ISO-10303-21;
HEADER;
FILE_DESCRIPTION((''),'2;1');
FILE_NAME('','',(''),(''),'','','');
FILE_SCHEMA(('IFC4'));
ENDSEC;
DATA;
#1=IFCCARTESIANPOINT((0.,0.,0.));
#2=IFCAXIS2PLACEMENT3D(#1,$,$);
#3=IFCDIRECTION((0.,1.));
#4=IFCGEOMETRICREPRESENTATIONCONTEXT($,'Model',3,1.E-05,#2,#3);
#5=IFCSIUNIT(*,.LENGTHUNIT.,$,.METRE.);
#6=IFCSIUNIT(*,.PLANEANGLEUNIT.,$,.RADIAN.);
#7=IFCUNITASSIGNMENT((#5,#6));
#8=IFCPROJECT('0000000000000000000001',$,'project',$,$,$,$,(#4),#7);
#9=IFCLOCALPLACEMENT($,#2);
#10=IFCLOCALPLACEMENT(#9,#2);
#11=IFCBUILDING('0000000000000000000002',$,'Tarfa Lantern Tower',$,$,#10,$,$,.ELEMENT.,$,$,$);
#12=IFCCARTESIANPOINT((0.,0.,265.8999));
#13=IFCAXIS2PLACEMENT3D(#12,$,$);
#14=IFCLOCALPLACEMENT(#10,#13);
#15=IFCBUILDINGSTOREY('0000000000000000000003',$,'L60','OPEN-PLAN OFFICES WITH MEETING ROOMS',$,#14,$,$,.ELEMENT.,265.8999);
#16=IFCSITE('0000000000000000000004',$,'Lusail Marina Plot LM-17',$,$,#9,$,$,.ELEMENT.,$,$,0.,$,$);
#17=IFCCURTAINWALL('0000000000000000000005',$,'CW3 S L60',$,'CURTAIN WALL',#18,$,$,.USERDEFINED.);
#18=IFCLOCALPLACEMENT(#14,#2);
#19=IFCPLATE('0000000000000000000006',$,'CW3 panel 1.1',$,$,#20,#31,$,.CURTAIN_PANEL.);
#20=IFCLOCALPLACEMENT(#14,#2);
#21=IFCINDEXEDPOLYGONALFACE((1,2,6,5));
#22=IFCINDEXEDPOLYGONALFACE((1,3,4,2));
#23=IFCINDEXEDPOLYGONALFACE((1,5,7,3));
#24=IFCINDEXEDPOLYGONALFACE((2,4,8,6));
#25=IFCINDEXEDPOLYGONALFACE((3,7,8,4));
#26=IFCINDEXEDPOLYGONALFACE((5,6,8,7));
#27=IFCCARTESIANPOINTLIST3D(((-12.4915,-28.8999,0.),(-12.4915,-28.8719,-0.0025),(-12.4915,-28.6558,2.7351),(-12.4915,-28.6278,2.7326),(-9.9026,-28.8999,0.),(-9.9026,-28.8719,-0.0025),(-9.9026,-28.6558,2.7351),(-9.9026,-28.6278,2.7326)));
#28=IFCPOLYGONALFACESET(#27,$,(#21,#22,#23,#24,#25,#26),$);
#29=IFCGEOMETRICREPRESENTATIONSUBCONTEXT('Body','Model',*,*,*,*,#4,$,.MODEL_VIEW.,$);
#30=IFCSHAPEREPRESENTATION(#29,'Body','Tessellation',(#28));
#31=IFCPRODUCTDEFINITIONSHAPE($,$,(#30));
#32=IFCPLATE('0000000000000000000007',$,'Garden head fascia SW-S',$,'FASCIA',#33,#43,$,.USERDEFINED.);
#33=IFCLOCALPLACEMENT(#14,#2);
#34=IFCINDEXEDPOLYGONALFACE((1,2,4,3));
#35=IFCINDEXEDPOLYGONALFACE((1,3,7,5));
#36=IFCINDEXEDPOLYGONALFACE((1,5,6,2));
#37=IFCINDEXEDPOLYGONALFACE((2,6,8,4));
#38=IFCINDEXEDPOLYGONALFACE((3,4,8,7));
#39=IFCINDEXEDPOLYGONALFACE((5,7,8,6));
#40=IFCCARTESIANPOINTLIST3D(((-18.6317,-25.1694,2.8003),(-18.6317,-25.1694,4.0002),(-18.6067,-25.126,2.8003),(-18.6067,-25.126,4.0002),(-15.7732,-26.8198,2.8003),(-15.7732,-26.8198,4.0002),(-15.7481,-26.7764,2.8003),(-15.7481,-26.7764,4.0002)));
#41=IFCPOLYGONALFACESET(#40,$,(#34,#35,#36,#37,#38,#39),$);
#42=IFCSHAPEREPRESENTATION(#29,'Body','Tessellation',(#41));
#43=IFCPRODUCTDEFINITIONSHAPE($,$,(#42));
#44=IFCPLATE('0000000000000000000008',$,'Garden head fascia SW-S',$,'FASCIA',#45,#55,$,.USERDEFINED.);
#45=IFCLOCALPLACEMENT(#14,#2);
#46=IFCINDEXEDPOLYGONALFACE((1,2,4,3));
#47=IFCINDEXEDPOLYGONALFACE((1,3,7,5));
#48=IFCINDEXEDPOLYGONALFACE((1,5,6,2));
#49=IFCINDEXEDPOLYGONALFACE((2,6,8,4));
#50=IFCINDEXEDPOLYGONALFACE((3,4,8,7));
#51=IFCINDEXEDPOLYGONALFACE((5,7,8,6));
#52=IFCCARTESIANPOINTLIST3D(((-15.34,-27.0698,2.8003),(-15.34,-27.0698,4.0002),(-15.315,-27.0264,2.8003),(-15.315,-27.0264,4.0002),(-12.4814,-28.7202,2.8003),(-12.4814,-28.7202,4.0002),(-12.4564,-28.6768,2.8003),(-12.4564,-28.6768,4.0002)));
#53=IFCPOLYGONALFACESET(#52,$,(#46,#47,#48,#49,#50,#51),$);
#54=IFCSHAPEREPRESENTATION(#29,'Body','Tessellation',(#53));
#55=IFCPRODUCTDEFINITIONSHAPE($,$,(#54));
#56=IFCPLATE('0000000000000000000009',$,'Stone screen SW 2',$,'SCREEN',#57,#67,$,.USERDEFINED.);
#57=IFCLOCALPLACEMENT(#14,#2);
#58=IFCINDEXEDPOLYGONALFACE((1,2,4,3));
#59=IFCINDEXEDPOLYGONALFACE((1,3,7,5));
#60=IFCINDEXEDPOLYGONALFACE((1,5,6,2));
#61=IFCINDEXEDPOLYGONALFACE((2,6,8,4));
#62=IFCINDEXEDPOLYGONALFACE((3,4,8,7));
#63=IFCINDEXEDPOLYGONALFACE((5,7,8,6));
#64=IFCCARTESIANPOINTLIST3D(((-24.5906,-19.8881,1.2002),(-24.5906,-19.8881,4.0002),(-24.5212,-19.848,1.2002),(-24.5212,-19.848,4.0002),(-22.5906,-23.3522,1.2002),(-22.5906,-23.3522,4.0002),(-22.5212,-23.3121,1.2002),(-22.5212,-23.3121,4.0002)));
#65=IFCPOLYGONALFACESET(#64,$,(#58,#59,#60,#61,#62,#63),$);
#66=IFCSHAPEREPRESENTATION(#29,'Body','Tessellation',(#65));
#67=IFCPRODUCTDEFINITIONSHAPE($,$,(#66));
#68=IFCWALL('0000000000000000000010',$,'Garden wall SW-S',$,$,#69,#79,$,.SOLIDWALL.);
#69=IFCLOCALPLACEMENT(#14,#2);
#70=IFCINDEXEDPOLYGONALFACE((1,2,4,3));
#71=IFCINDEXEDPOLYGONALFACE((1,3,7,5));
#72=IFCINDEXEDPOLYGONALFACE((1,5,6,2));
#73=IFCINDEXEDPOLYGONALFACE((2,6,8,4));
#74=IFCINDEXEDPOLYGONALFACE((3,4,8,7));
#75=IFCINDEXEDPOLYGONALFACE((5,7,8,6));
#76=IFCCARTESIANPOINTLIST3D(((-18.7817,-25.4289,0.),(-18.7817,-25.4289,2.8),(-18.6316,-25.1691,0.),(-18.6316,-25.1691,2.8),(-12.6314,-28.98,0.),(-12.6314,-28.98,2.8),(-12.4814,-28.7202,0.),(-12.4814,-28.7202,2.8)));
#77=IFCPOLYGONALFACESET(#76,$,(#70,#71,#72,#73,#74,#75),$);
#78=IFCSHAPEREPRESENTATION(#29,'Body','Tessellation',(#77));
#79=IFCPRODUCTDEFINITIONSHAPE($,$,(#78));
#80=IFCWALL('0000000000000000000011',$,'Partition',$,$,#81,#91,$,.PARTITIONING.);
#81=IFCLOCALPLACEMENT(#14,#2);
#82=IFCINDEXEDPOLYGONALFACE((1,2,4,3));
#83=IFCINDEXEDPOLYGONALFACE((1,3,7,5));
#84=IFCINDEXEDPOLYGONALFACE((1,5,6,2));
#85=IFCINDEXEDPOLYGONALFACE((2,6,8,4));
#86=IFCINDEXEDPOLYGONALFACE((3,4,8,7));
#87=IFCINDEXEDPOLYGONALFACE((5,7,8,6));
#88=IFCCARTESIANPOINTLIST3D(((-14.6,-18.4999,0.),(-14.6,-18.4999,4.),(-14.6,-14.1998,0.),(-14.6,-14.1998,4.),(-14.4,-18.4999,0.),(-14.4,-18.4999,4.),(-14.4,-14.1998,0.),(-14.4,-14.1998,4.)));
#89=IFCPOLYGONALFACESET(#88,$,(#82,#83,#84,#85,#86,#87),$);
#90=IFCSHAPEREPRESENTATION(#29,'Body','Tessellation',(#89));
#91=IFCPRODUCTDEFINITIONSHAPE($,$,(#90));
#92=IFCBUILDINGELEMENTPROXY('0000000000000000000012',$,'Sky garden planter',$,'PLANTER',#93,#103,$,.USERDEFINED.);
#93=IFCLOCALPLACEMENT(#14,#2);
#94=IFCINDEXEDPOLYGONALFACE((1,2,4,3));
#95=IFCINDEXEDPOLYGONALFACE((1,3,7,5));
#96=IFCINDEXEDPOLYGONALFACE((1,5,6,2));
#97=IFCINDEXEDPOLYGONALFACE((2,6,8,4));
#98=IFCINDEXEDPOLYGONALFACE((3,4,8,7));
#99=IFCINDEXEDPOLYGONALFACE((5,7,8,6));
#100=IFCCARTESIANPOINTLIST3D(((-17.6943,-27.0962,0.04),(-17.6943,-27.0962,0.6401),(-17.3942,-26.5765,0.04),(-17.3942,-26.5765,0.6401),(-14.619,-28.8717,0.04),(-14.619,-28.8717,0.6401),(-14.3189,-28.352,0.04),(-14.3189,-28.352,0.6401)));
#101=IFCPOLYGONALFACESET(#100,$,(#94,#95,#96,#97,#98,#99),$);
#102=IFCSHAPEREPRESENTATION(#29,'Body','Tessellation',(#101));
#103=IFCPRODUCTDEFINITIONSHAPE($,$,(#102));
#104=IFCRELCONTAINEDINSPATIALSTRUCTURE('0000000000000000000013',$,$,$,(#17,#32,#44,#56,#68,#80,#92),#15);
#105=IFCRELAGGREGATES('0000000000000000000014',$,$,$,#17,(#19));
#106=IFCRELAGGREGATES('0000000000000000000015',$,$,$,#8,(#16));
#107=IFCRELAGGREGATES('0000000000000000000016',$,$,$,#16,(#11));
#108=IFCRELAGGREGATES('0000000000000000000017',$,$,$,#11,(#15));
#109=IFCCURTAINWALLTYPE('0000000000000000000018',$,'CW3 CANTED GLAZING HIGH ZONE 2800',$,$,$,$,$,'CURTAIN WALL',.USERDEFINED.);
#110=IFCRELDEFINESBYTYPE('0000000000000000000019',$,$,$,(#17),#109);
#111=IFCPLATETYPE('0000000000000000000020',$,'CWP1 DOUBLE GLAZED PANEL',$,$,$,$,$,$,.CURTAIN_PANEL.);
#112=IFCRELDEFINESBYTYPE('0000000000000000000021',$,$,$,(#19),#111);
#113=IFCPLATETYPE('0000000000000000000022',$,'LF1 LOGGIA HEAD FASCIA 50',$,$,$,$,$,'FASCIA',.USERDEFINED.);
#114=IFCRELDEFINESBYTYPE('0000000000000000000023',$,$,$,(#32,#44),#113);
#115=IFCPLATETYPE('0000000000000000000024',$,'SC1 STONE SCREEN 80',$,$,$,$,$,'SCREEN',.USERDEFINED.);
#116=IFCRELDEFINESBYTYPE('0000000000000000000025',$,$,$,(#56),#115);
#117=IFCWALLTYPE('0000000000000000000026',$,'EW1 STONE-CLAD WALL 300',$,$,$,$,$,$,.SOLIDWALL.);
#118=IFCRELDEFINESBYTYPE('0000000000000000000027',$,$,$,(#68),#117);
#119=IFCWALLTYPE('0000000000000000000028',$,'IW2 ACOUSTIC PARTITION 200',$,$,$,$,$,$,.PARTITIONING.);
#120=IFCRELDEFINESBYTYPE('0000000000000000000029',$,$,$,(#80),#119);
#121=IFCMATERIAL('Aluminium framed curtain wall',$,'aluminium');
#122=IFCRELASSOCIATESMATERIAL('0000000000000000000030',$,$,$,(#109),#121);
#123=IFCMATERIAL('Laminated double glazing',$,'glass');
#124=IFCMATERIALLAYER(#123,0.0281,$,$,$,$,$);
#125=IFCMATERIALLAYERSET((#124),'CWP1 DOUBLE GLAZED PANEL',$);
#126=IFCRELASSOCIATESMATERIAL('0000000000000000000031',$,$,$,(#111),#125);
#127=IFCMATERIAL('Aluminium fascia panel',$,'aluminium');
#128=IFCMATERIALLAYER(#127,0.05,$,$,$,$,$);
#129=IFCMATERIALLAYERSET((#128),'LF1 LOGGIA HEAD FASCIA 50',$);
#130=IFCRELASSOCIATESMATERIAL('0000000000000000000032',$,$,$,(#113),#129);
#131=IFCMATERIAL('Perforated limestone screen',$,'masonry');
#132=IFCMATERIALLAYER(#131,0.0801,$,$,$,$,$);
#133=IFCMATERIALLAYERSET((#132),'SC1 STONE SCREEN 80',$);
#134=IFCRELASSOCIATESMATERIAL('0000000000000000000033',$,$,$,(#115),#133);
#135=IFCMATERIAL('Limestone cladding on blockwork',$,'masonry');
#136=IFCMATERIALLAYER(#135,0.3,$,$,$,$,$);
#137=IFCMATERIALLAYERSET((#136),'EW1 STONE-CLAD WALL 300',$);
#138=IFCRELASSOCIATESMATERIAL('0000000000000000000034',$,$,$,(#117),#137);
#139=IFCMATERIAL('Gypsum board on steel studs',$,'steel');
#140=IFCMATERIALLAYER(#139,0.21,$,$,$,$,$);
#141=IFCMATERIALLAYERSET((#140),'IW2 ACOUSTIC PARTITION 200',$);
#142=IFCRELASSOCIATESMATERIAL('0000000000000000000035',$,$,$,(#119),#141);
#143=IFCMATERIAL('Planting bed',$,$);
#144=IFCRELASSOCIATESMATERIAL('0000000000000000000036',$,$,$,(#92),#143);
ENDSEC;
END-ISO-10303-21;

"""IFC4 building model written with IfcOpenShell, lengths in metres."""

from ifc_helpers import new_model, si_unit, direction, frame, frame_2d, origin, origin_2d, place, context, subcontext, project, spatial, polyline, rectangle, outline, extrude, material, layer, layer_set, type_object, element, aggregate, save


model = new_model("IFC4")

# Units and contexts
model_context = context("Model", 3, precision=1e-05, world=origin(), true_north=direction((0.0, 1.0)))
body_context = subcontext(model_context, "Body", "Model", "MODEL_VIEW")
ifc_project = project(units=[si_unit("LENGTHUNIT", "METRE"), si_unit("PLANEANGLEUNIT", "RADIAN")], contexts=[model_context])

# Site, building, storey
site_placement = place(None, origin())
site = spatial("IfcSite", under=ifc_project, at=site_placement, Name="Lusail Marina Plot LM-17", CompositionType="ELEMENT", RefElevation=0.0)
building_placement = place(site_placement, origin())
building = spatial("IfcBuilding", under=site, at=building_placement, Name="Tarfa Lantern Tower", CompositionType="ELEMENT")
storey_placement = place(building_placement, frame((0.0, 0.0, 265.8999)))
storey = spatial("IfcBuildingStorey", under=building, at=storey_placement, Name="L60", Description="OPEN-PLAN OFFICES WITH MEETING ROOMS", CompositionType="ELEMENT", Elevation=265.8999)

# Curtain wall
ifc_material_1 = material(Name="Aluminium framed curtain wall", Category="aluminium")
curtain_wall_type = type_object("IfcCurtainWallType", Name="CW3 CANTED GLAZING HIGH ZONE 2800", ElementType="CURTAIN WALL", PredefinedType="USERDEFINED", material=ifc_material_1)
curtain_wall_placement = place(storey_placement, origin())
curtain_wall = element("IfcCurtainWall", 1, at=curtain_wall_placement, inside=storey, type_object=curtain_wall_type, Name="CW3 S L60", ObjectType="CURTAIN WALL", PredefinedType="USERDEFINED")

# Plate
ifc_material_2 = material(Name="Laminated double glazing", Category="glass")
ifc_layer_1 = layer(ifc_material_2, 0.0281)
ifc_layer_set_1 = layer_set([ifc_layer_1], Name="CWP1 DOUBLE GLAZED PANEL")
plate_type_1 = type_object("IfcPlateType", Name="CWP1 DOUBLE GLAZED PANEL", PredefinedType="CURTAIN_PANEL", material=ifc_layer_set_1)
plate_1_placement = place(storey_placement, frame((-12.4915, -28.8999, 0.0), z_axis=(0.0, -0.99604, 0.088908), x_axis=(1.0, 0.0, 0.0)))
plate_1 = element("IfcPlate", 2, at=plate_1_placement, type_object=plate_type_1, Name="CW3 panel 1.1", PredefinedType="CURTAIN_PANEL", context=body_context, shape_type="SweptSolid", body=[
    extrude(outline(polyline([(0.0, 0.0), (2.5889, 0.0), (2.5889, 2.746), (0.0, 2.746), (0.0, 0.0)])), origin(), (0.0, 0.0, -1.0), 0.0281),
])
aggregate(curtain_wall, [plate_1])

# Plates
ifc_material_3 = material(Name="Aluminium fascia panel", Category="aluminium")
ifc_layer_2 = layer(ifc_material_3, 0.05)
ifc_layer_set_2 = layer_set([ifc_layer_2], Name="LF1 LOGGIA HEAD FASCIA 50")
plate_type_2 = type_object("IfcPlateType", Name="LF1 LOGGIA HEAD FASCIA 50", ElementType="FASCIA", PredefinedType="USERDEFINED", material=ifc_layer_set_2)
for number, where, z_axis, x_axis, name in (
    (3, (-17.1899, -25.9729, 2.8003), (0.0, 0.0, 1.0), (0.866025, -0.5, 0.0), "Garden head fascia SW-S"),
    (4, (-13.8982, -27.8733, 2.8003), (0.0, 0.0, 1.0), (0.866025, -0.5, 0.0), "Garden head fascia SW-S"),
):
    element("IfcPlate", number, at=place(storey_placement, frame(where, z_axis=z_axis, x_axis=x_axis)), inside=storey, type_object=plate_type_2, Name=name, ObjectType="FASCIA", PredefinedType="USERDEFINED", context=body_context, shape_type="SweptSolid", body=[
        extrude(rectangle(XDim=3.3008, YDim=0.05, at=origin_2d()), origin(), (0.0, 0.0, 1.0), 1.2),
    ])
ifc_material_4 = material(Name="Perforated limestone screen", Category="masonry")
ifc_layer_3 = layer(ifc_material_4, 0.0801)
ifc_layer_set_3 = layer_set([ifc_layer_3], Name="SC1 STONE SCREEN 80")
plate_type_3 = type_object("IfcPlateType", Name="SC1 STONE SCREEN 80", ElementType="SCREEN", PredefinedType="USERDEFINED", material=ifc_layer_set_3)
plate_2_placement = place(storey_placement, frame((-23.5559, -21.6001, 1.2002), z_axis=(0.0, 0.0, 1.0), x_axis=(0.5, -0.866025, 0.0)))
element("IfcPlate", 5, at=plate_2_placement, inside=storey, type_object=plate_type_3, Name="Stone screen SW 2", ObjectType="SCREEN", PredefinedType="USERDEFINED", context=body_context, shape_type="SweptSolid", body=[
    extrude(rectangle(XDim=4.0, YDim=0.0801, at=origin_2d()), origin(), (0.0, 0.0, 1.0), 2.8),
])

# Walls
ifc_material_5 = material(Name="Limestone cladding on blockwork", Category="masonry")
ifc_layer_4 = layer(ifc_material_5, 0.3)
ifc_layer_set_4 = layer_set([ifc_layer_4], Name="EW1 STONE-CLAD WALL 300")
wall_type_1 = type_object("IfcWallType", Name="EW1 STONE-CLAD WALL 300", PredefinedType="SOLIDWALL", material=ifc_layer_set_4)
wall_1_placement = place(storey_placement, frame((-18.7065, -25.2991, 0.0), z_axis=(0.0, 0.0, 1.0), x_axis=(0.866011, -0.500025, 0.0)))
element("IfcWall", 6, at=wall_1_placement, inside=storey, type_object=wall_type_1, Name="Garden wall SW-S", PredefinedType="SOLIDWALL", context=body_context, shape_type="SweptSolid", body=[
    extrude(rectangle(XDim=7.1018, YDim=0.3, at=frame_2d((3.5508, 0.0))), origin(), (0.0, 0.0, 1.0), 2.8),
])
ifc_material_6 = material(Name="Gypsum board on steel studs", Category="steel")
ifc_layer_5 = layer(ifc_material_6, 0.21)
ifc_layer_set_5 = layer_set([ifc_layer_5], Name="IW2 ACOUSTIC PARTITION 200")
wall_type_2 = type_object("IfcWallType", Name="IW2 ACOUSTIC PARTITION 200", PredefinedType="PARTITIONING", material=ifc_layer_set_5)
wall_2_placement = place(storey_placement, frame((-14.5, -14.2, 0.0), z_axis=(0.0, 0.0, 1.0), x_axis=(0.0, -1.0, 0.0)))
element("IfcWall", 7, at=wall_2_placement, inside=storey, type_object=wall_type_2, Name="Partition", PredefinedType="PARTITIONING", context=body_context, shape_type="SweptSolid", body=[
    extrude(rectangle(XDim=4.3, YDim=0.2, at=frame_2d((2.1499, 0.0))), origin(), (0.0, 0.0, 1.0), 4.0),
])

# Building element proxy
ifc_material_7 = material(Name="Planting bed")
proxy_placement = place(storey_placement, frame((-16.0066, -27.7241, 0.04), z_axis=(0.0, 0.0, 1.0), x_axis=(0.866025, -0.5, 0.0)))
element("IfcBuildingElementProxy", 8, at=proxy_placement, inside=storey, material=ifc_material_7, Name="Sky garden planter", ObjectType="PLANTER", PredefinedType="USERDEFINED", context=body_context, shape_type="SweptSolid", body=[
    extrude(rectangle(XDim=3.551, YDim=0.6001, at=origin_2d()), origin(), (0.0, 0.0, 1.0), 0.6001),
])

save(model, "model.ifc")
